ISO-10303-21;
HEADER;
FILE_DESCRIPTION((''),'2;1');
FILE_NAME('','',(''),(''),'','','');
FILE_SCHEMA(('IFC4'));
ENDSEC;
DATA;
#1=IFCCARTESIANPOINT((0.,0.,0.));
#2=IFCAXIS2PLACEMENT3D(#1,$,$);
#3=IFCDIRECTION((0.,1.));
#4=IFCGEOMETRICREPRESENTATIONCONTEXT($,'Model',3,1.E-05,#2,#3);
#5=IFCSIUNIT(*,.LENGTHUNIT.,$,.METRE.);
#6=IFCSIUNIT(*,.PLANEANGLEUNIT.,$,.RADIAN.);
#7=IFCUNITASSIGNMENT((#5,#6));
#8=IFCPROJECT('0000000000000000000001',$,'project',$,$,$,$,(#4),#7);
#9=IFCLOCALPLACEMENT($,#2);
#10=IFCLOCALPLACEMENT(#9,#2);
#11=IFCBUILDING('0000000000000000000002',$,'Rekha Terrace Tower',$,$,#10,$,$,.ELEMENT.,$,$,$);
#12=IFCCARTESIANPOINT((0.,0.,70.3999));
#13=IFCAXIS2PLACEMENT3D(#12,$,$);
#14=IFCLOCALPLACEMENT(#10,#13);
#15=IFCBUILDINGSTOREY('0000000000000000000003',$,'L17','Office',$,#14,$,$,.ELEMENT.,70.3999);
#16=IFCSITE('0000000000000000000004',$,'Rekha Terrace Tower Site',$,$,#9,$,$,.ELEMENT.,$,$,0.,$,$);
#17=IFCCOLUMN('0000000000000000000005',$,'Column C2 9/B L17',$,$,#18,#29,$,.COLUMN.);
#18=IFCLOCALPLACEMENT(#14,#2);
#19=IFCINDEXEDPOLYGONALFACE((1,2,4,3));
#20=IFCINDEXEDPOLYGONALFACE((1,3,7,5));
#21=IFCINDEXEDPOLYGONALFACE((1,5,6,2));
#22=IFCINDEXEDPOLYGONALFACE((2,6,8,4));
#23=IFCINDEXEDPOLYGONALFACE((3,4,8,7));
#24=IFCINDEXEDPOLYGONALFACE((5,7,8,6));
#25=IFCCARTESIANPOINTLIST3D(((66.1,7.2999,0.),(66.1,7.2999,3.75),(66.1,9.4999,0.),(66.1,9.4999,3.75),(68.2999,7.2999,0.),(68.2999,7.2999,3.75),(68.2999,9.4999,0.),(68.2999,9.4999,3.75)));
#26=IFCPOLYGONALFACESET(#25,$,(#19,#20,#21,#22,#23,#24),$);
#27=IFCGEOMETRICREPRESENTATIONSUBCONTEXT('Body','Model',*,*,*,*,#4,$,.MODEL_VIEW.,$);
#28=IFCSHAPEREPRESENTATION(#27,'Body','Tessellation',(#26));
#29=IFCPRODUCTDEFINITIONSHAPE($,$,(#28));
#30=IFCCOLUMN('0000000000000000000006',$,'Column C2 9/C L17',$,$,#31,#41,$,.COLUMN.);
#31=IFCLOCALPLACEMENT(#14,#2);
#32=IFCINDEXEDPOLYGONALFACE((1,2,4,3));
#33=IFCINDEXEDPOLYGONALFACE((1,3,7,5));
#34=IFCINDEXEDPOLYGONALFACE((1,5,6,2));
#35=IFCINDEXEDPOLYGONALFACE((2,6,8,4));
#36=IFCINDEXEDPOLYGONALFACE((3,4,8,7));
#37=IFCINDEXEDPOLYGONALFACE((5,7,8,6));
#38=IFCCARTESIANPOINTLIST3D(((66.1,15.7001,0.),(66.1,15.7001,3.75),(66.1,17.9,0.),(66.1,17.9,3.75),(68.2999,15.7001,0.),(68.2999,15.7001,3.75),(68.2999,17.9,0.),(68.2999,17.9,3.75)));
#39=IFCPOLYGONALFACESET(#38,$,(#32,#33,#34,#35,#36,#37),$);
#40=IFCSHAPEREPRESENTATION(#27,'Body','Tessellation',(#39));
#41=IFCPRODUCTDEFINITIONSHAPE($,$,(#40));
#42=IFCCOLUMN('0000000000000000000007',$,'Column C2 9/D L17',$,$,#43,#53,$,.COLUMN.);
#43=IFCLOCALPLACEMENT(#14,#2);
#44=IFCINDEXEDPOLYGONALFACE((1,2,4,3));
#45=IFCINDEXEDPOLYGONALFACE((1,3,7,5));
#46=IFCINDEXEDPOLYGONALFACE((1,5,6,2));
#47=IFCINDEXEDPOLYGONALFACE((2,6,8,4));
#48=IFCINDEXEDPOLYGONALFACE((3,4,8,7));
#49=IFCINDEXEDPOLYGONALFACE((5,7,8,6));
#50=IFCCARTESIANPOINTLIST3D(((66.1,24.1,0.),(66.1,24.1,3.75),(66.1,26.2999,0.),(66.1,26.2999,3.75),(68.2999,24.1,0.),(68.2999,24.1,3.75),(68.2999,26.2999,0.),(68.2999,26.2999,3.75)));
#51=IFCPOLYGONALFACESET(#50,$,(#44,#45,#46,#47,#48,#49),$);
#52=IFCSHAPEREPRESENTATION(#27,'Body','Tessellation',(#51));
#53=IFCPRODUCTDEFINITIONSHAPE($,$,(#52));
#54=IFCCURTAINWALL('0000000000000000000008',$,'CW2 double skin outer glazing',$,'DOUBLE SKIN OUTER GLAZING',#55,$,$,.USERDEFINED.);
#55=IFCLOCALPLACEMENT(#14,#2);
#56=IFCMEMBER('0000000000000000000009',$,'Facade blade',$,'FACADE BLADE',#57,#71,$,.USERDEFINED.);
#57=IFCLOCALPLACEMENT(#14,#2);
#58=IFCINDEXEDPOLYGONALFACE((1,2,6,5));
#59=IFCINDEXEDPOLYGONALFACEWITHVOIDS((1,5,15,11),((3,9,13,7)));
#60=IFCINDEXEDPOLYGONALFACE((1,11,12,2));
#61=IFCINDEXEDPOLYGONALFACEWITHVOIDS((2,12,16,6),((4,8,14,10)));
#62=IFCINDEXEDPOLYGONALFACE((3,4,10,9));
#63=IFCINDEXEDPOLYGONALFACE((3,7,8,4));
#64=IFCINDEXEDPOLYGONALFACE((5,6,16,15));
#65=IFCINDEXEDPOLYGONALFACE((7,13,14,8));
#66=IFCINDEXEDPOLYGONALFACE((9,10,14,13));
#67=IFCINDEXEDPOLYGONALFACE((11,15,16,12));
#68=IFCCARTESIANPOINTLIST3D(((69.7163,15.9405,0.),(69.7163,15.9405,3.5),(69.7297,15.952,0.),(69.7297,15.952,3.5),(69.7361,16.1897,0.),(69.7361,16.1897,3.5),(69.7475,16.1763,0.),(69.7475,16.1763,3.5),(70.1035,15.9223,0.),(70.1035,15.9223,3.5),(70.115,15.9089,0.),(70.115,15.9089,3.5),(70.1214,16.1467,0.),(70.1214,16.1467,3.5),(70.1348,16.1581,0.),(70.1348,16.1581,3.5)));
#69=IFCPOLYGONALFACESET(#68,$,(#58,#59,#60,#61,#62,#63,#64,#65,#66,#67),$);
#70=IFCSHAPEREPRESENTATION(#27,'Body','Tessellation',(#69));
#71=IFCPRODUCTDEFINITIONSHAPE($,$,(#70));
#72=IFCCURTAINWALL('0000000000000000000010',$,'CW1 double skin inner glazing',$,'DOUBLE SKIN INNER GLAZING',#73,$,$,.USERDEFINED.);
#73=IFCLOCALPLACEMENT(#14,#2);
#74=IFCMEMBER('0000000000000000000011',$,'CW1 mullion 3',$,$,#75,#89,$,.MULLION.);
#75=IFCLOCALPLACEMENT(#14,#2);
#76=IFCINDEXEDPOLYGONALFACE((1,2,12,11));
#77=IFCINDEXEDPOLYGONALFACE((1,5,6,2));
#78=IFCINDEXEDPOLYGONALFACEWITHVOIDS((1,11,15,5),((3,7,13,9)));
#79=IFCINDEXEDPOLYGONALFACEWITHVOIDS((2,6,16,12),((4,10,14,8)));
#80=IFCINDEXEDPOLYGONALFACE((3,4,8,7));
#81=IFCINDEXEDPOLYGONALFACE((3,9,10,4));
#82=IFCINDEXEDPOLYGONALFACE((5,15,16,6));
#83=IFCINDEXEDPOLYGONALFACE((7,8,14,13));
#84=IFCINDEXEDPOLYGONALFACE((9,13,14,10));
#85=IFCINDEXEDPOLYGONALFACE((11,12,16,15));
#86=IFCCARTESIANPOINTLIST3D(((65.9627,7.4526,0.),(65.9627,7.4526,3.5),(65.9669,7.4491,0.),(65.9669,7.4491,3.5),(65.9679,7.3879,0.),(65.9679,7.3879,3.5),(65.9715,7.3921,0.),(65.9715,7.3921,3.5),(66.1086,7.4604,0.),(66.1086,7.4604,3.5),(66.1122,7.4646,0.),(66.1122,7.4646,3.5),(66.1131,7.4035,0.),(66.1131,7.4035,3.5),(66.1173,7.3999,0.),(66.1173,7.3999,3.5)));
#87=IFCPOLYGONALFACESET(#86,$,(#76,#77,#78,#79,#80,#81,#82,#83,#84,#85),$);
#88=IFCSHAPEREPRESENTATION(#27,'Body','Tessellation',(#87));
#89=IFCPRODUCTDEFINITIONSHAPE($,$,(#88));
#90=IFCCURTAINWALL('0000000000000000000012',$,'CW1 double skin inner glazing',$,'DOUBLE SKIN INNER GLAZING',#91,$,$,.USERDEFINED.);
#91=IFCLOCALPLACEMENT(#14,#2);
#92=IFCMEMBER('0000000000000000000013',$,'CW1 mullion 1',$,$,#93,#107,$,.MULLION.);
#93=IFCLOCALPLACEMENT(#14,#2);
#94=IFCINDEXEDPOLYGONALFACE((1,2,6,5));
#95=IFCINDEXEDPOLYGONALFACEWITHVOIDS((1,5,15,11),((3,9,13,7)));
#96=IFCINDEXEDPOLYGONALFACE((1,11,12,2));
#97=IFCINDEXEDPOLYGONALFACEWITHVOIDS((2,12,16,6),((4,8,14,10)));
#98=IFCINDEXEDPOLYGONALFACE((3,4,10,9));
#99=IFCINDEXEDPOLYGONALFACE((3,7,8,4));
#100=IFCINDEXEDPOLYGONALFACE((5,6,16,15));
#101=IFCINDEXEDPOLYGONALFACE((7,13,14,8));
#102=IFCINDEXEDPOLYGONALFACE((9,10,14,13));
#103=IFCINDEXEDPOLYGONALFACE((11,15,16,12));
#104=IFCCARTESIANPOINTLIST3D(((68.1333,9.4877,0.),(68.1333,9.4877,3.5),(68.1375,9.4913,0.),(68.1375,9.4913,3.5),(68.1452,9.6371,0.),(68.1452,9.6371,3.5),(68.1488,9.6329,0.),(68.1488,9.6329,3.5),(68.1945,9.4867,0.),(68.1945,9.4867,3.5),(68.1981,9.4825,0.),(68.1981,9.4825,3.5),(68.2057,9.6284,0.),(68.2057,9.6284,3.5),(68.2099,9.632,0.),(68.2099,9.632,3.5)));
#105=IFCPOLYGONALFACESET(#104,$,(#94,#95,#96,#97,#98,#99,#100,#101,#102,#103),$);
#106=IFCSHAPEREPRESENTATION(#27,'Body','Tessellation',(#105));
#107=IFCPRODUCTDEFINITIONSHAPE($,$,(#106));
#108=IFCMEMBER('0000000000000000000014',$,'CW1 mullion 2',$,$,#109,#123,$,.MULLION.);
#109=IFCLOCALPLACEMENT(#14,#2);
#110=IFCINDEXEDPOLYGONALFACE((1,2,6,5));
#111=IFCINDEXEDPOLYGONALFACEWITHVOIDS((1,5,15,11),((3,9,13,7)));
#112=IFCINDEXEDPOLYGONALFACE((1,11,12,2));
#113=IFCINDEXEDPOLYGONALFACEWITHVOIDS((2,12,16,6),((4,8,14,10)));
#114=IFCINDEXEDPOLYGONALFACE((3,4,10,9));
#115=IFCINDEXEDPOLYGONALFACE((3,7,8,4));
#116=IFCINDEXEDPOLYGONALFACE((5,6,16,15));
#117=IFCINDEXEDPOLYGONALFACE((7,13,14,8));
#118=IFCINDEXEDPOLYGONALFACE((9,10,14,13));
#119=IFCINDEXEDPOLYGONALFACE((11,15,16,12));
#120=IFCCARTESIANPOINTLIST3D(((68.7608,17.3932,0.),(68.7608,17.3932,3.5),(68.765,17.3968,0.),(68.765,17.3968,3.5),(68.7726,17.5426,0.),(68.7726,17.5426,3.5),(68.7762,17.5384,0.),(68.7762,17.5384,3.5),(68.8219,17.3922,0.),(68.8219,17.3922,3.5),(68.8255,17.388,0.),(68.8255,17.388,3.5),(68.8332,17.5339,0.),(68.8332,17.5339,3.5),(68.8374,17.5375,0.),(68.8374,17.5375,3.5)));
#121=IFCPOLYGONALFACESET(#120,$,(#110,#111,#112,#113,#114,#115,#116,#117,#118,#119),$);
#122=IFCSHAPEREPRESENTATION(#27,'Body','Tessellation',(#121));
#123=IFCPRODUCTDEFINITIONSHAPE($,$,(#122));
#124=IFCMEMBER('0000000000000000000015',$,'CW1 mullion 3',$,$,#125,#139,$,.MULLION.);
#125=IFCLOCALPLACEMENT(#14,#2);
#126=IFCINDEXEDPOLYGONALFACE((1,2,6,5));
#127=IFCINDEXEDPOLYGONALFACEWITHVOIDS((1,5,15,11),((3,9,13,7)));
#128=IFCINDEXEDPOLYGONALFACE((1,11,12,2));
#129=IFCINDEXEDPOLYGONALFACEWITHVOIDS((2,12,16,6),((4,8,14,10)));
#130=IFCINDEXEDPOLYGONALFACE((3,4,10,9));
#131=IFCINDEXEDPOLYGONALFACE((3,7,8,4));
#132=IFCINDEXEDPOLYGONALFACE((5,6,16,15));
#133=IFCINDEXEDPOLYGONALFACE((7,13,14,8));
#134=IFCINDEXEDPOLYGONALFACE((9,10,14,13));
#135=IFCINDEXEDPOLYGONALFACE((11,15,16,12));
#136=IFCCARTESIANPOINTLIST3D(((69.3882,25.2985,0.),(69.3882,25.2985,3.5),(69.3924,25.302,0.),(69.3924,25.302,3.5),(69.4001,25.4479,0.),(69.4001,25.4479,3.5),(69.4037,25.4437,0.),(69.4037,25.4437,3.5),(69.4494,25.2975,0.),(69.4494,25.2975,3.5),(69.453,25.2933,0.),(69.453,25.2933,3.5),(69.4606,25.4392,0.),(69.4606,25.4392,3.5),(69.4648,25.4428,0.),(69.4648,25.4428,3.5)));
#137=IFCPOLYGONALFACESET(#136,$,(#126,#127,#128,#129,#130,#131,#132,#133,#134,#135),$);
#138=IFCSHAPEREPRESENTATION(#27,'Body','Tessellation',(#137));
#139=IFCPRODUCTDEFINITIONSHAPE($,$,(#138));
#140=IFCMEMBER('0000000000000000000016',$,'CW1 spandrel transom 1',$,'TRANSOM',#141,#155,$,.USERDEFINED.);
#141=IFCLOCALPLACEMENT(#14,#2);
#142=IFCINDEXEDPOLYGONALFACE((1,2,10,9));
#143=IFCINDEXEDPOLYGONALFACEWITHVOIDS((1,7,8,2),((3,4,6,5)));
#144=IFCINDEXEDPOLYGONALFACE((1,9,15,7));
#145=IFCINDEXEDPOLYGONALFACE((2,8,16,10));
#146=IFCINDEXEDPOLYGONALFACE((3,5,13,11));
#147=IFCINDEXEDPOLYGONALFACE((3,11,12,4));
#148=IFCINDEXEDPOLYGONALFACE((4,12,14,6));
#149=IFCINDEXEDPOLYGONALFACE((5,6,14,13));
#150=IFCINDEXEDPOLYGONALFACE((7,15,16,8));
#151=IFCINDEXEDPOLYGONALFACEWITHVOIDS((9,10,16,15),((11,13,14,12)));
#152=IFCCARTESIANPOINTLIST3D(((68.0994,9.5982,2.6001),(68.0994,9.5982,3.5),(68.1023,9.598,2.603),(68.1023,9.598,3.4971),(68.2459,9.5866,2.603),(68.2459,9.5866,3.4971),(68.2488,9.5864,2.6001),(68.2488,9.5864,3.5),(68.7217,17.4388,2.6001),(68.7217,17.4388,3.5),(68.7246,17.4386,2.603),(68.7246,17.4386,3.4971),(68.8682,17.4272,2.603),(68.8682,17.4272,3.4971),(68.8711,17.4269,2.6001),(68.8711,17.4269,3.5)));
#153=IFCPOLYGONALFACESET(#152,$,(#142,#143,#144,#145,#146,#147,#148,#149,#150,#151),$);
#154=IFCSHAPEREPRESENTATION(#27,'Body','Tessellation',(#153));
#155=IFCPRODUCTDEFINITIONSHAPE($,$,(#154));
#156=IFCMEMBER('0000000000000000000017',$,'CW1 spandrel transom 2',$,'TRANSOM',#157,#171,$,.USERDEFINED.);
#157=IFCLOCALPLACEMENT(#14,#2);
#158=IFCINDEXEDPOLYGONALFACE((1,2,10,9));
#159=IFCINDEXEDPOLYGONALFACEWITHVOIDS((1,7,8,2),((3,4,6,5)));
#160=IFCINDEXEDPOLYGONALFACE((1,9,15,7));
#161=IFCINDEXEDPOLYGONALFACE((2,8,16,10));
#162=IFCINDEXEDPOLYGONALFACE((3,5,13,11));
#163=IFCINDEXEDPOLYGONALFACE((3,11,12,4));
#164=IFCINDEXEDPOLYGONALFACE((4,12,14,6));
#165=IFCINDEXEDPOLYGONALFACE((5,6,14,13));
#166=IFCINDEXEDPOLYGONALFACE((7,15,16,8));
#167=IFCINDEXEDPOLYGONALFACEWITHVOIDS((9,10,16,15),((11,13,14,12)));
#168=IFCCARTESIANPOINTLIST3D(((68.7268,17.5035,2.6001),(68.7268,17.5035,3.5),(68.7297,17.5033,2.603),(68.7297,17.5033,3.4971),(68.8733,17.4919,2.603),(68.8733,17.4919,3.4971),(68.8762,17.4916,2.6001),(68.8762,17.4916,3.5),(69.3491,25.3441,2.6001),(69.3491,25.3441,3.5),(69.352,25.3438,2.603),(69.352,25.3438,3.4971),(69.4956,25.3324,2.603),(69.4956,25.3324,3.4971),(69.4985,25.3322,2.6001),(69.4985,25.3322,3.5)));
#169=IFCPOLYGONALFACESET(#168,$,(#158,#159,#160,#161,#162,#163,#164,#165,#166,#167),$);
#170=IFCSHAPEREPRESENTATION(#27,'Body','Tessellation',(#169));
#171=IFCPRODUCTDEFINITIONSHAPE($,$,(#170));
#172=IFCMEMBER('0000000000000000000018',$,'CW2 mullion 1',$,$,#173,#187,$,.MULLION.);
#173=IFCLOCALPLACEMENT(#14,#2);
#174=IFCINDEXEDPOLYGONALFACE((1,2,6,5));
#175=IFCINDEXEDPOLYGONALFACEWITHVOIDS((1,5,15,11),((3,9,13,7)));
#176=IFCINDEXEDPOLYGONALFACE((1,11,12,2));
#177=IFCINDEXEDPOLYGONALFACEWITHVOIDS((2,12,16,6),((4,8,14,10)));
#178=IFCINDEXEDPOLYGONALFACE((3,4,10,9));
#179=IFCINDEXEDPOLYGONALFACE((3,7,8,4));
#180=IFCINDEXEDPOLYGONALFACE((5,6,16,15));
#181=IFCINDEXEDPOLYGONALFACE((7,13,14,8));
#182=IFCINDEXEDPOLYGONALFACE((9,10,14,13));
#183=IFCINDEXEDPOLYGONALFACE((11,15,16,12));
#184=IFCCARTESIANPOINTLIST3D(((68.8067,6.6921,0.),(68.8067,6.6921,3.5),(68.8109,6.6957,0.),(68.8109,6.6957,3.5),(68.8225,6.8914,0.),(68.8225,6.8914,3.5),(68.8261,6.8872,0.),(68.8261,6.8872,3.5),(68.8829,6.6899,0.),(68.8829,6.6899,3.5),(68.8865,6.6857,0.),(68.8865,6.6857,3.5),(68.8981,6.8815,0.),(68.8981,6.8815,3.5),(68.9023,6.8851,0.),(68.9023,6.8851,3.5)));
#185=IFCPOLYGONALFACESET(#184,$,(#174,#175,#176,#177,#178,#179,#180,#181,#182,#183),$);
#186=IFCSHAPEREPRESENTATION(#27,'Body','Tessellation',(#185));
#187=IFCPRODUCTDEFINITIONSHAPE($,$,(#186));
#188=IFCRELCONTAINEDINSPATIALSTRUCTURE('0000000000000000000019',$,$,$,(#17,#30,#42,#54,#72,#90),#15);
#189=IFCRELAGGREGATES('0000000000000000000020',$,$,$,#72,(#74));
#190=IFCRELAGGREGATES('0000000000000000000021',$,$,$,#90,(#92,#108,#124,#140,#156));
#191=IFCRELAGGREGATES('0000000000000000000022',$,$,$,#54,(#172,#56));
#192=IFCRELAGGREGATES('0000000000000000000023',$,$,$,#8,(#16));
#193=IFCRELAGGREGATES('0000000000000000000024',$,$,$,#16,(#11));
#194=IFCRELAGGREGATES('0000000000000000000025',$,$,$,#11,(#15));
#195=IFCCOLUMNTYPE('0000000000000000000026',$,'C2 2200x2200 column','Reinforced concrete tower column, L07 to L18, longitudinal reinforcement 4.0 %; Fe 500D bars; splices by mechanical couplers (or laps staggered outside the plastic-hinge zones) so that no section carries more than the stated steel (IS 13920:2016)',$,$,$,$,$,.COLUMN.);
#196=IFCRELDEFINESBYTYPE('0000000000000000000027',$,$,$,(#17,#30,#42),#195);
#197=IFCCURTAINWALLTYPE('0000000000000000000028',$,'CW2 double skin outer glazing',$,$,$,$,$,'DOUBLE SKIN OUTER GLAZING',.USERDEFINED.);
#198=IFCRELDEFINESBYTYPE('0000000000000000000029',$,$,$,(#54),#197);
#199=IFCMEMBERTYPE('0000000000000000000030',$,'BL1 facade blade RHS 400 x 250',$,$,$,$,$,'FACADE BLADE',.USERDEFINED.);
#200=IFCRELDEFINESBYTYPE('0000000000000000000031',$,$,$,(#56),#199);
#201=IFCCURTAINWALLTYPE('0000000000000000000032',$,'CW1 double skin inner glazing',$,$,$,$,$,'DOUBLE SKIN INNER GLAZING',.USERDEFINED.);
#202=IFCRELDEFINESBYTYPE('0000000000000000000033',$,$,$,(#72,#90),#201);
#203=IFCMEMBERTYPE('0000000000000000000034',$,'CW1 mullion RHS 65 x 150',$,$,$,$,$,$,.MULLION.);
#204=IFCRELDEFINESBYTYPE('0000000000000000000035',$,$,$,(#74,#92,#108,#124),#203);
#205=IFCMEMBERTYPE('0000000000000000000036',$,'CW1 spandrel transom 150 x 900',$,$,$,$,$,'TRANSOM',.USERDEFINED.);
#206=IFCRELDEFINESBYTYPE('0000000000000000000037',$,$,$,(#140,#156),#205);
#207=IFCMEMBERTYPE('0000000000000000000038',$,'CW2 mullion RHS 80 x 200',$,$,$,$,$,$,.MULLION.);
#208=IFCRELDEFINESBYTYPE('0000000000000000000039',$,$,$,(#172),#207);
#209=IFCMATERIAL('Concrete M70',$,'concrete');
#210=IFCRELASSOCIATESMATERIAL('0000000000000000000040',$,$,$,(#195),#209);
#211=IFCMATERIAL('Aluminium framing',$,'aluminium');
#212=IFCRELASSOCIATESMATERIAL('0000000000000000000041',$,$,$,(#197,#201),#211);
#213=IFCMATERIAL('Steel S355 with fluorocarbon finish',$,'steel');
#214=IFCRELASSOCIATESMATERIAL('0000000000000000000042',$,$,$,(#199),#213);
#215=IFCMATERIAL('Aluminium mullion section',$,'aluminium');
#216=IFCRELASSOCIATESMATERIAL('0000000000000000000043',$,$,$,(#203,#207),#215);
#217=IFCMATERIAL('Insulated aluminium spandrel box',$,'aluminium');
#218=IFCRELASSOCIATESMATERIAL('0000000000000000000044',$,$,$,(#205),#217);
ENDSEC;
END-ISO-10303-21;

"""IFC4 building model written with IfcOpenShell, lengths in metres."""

from ifc_helpers import new_model, si_unit, direction, frame, origin, origin_2d, place, context, subcontext, project, spatial, rectangle, hollow_rectangle, extrude, material, material_profile, profile_set, type_object, element, aggregate, save


model = new_model("IFC4")

# Units and contexts
model_context = context("Model", 3, precision=1e-05, world=origin(), true_north=direction((0.0, 1.0)))
body_context = subcontext(model_context, "Body", "Model", "MODEL_VIEW")
ifc_project = project(units=[si_unit("LENGTHUNIT", "METRE"), si_unit("PLANEANGLEUNIT", "RADIAN")], contexts=[model_context])

# Site, building, storey
site_placement = place(None, origin())
site = spatial("IfcSite", under=ifc_project, at=site_placement, Name="Rekha Terrace Tower Site", CompositionType="ELEMENT", RefElevation=0.0)
building_placement = place(site_placement, origin())
building = spatial("IfcBuilding", under=site, at=building_placement, Name="Rekha Terrace Tower", CompositionType="ELEMENT")
storey_placement = place(building_placement, frame((0.0, 0.0, 70.3999)))
storey = spatial("IfcBuildingStorey", under=building, at=storey_placement, Name="L17", Description="Office", CompositionType="ELEMENT", Elevation=70.3999)

# Columns
ifc_material_1 = material(Name="Concrete M70", Category="concrete")
ifc_material_profile_1 = material_profile(ifc_material_1, rectangle(XDim=2.2, YDim=2.2, at=origin_2d()), Name="RC 2200x2200")
ifc_profile_set_1 = profile_set([ifc_material_profile_1], Name="Concrete M70")
column_type = type_object("IfcColumnType", Name="C2 2200x2200 column", Description="Reinforced concrete tower column, L07 to L18, longitudinal reinforcement 4.0 %; Fe 500D bars; splices by mechanical couplers (or laps staggered outside the plastic-hinge zones) so that no section carries more than the stated steel (IS 13920:2016)", PredefinedType="COLUMN", material=ifc_profile_set_1)
for number, where, z_axis, x_axis, name in (
    (1, (67.2, 8.3999, 0.0), (0.0, 0.0, 1.0), (1.0, 0.0, 0.0), "Column C2 9/B L17"),
    (2, (67.2, 16.8, 0.0), (0.0, 0.0, 1.0), (1.0, 0.0, 0.0), "Column C2 9/C L17"),
    (3, (67.2, 25.2, 0.0), (0.0, 0.0, 1.0), (1.0, 0.0, 0.0), "Column C2 9/D L17"),
):
    element("IfcColumn", number, at=place(storey_placement, frame(where, z_axis=z_axis, x_axis=x_axis)), inside=storey, type_object=column_type, Name=name, PredefinedType="COLUMN", context=body_context, shape_type="SweptSolid", body=[
        extrude(rectangle(XDim=2.2, YDim=2.2, at=origin_2d()), origin(), (0.0, 0.0, 1.0), 3.75),
    ])

# Curtain walls, members
ifc_material_2 = material(Name="Aluminium framing", Category="aluminium")
curtain_wall_type_1 = type_object("IfcCurtainWallType", Name="CW2 double skin outer glazing", ElementType="DOUBLE SKIN OUTER GLAZING", PredefinedType="USERDEFINED", material=ifc_material_2)
curtain_wall_1_placement = place(storey_placement, origin())
curtain_wall_1 = element("IfcCurtainWall", 4, at=curtain_wall_1_placement, inside=storey, type_object=curtain_wall_type_1, Name="CW2 double skin outer glazing", ObjectType="DOUBLE SKIN OUTER GLAZING", PredefinedType="USERDEFINED")
ifc_material_3 = material(Name="Steel S355 with fluorocarbon finish", Category="steel")
ifc_material_profile_2 = material_profile(ifc_material_3, hollow_rectangle(XDim=0.25, YDim=0.3999, WallThickness=0.0125, at=origin_2d()), Name="RHS400x250x12.5")
ifc_profile_set_2 = profile_set([ifc_material_profile_2], Name="Steel S355 with fluorocarbon finish")
member_type_1 = type_object("IfcMemberType", Name="BL1 facade blade RHS 400 x 250", ElementType="FACADE BLADE", PredefinedType="USERDEFINED", material=ifc_profile_set_2)
member_1_placement = place(storey_placement, frame((69.9255, 16.0493, 0.0), z_axis=(0.0, 0.0, 1.0), x_axis=(0.079117, 0.996865, 0.0)))
member_1 = element("IfcMember", 5, at=member_1_placement, type_object=member_type_1, Name="Facade blade", ObjectType="FACADE BLADE", PredefinedType="USERDEFINED", context=body_context, shape_type="SweptSolid", body=[
    extrude(hollow_rectangle(XDim=0.25, YDim=0.3999, WallThickness=0.0125, at=origin_2d()), origin(), (0.0, 0.0, 1.0), 3.5),
])
curtain_wall_type_2 = type_object("IfcCurtainWallType", Name="CW1 double skin inner glazing", ElementType="DOUBLE SKIN INNER GLAZING", PredefinedType="USERDEFINED", material=ifc_material_2)
curtain_wall_2_placement = place(storey_placement, origin())
curtain_wall_2 = element("IfcCurtainWall", 6, at=curtain_wall_2_placement, inside=storey, type_object=curtain_wall_type_2, Name="CW1 double skin inner glazing", ObjectType="DOUBLE SKIN INNER GLAZING", PredefinedType="USERDEFINED")
ifc_material_4 = material(Name="Aluminium mullion section", Category="aluminium")
ifc_material_profile_3 = material_profile(ifc_material_4, hollow_rectangle(XDim=0.0649, YDim=0.1499, WallThickness=0.0039, at=origin_2d()), Name="AL RHS 65x150")
ifc_profile_set_3 = profile_set([ifc_material_profile_3], Name="Aluminium mullion section")
member_type_2 = type_object("IfcMemberType", Name="CW1 mullion RHS 65 x 150", PredefinedType="MULLION", material=ifc_profile_set_3)
member_2_placement = place(storey_placement, frame((66.04, 7.4263, 0.0), z_axis=(0.0, 0.0, 1.0), x_axis=(-0.079872, 0.996805, 0.0)))
member_2 = element("IfcMember", 7, at=member_2_placement, type_object=member_type_2, Name="CW1 mullion 3", PredefinedType="MULLION", context=body_context, shape_type="SweptSolid", body=[
    extrude(hollow_rectangle(XDim=0.0649, YDim=0.1499, WallThickness=0.0039, at=origin_2d()), origin(), (0.0, 0.0, 1.0), 3.5),
])
aggregate(curtain_wall_2, [member_2])

# Curtain wall, members
curtain_wall_3_placement = place(storey_placement, origin())
curtain_wall_3 = element("IfcCurtainWall", 8, at=curtain_wall_3_placement, inside=storey, type_object=curtain_wall_type_2, Name="CW1 double skin inner glazing", ObjectType="DOUBLE SKIN INNER GLAZING", PredefinedType="USERDEFINED")
member_3_placement = place(storey_placement, frame((68.1716, 9.5598, 0.0), z_axis=(0.0, 0.0, 1.0), x_axis=(-0.996865, 0.079116, 0.0)))
member_3 = element("IfcMember", 9, at=member_3_placement, type_object=member_type_2, Name="CW1 mullion 1", PredefinedType="MULLION", context=body_context, shape_type="SweptSolid", body=[
    extrude(hollow_rectangle(XDim=0.0649, YDim=0.1499, WallThickness=0.0039, at=origin_2d()), origin(), (0.0, 0.0, 1.0), 3.5),
])
member_4_placement = place(storey_placement, frame((68.7991, 17.4653, 0.0), z_axis=(0.0, 0.0, 1.0), x_axis=(-0.996865, 0.079116, 0.0)))
member_4 = element("IfcMember", 10, at=member_4_placement, type_object=member_type_2, Name="CW1 mullion 2", PredefinedType="MULLION", context=body_context, shape_type="SweptSolid", body=[
    extrude(hollow_rectangle(XDim=0.0649, YDim=0.1499, WallThickness=0.0039, at=origin_2d()), origin(), (0.0, 0.0, 1.0), 3.5),
])
member_5_placement = place(storey_placement, frame((69.4265, 25.3706, 0.0), z_axis=(0.0, 0.0, 1.0), x_axis=(-0.996865, 0.079116, 0.0)))
member_5 = element("IfcMember", 11, at=member_5_placement, type_object=member_type_2, Name="CW1 mullion 3", PredefinedType="MULLION", context=body_context, shape_type="SweptSolid", body=[
    extrude(hollow_rectangle(XDim=0.0649, YDim=0.1499, WallThickness=0.0039, at=origin_2d()), origin(), (0.0, 0.0, 1.0), 3.5),
])
ifc_material_5 = material(Name="Insulated aluminium spandrel box", Category="aluminium")
ifc_material_profile_4 = material_profile(ifc_material_5, hollow_rectangle(XDim=0.1499, YDim=0.8999, WallThickness=0.0029, at=origin_2d()), Name="AL SPANDREL BOX 150x900")
ifc_profile_set_4 = profile_set([ifc_material_profile_4], Name="Insulated aluminium spandrel box")
member_type_3 = type_object("IfcMemberType", Name="CW1 spandrel transom 150 x 900", ElementType="TRANSOM", PredefinedType="USERDEFINED", material=ifc_profile_set_4)
member_6_placement = place(storey_placement, frame((68.1741, 9.5923, 3.05), z_axis=(0.079122, 0.996865, 0.0), x_axis=(-0.996865, 0.079122, 0.0)))
member_6 = element("IfcMember", 12, at=member_6_placement, type_object=member_type_3, Name="CW1 spandrel transom 1", ObjectType="TRANSOM", PredefinedType="USERDEFINED", context=body_context, shape_type="SweptSolid", body=[
    extrude(hollow_rectangle(XDim=0.1499, YDim=0.8999, WallThickness=0.0029, at=origin_2d()), origin(), (0.0, 0.0, 1.0), 7.8652),
])
member_7_placement = place(storey_placement, frame((68.8015, 17.4976, 3.05), z_axis=(0.079122, 0.996865, 0.0), x_axis=(-0.996865, 0.079122, 0.0)))
member_7 = element("IfcMember", 13, at=member_7_placement, type_object=member_type_3, Name="CW1 spandrel transom 2", ObjectType="TRANSOM", PredefinedType="USERDEFINED", context=body_context, shape_type="SweptSolid", body=[
    extrude(hollow_rectangle(XDim=0.1499, YDim=0.8999, WallThickness=0.0029, at=origin_2d()), origin(), (0.0, 0.0, 1.0), 7.8652),
])

# Member
ifc_material_profile_5 = material_profile(ifc_material_4, hollow_rectangle(XDim=0.0801, YDim=0.2, WallThickness=0.0039, at=origin_2d()), Name="AL RHS 80x200")
ifc_profile_set_5 = profile_set([ifc_material_profile_5], Name="Aluminium mullion section")
member_type_4 = type_object("IfcMemberType", Name="CW2 mullion RHS 80 x 200", PredefinedType="MULLION", material=ifc_profile_set_5)
member_8_placement = place(storey_placement, frame((68.8545, 6.7886, 0.0), z_axis=(0.0, 0.0, 1.0), x_axis=(-0.996865, 0.079116, 0.0)))
member_8 = element("IfcMember", 14, at=member_8_placement, type_object=member_type_4, Name="CW2 mullion 1", PredefinedType="MULLION", context=body_context, shape_type="SweptSolid", body=[
    extrude(hollow_rectangle(XDim=0.0801, YDim=0.2, WallThickness=0.0039, at=origin_2d()), origin(), (0.0, 0.0, 1.0), 3.5),
])

aggregate(curtain_wall_3, [member_3, member_4, member_5, member_6, member_7])

aggregate(curtain_wall_1, [member_8, member_1])

save(model, "model.ifc")
